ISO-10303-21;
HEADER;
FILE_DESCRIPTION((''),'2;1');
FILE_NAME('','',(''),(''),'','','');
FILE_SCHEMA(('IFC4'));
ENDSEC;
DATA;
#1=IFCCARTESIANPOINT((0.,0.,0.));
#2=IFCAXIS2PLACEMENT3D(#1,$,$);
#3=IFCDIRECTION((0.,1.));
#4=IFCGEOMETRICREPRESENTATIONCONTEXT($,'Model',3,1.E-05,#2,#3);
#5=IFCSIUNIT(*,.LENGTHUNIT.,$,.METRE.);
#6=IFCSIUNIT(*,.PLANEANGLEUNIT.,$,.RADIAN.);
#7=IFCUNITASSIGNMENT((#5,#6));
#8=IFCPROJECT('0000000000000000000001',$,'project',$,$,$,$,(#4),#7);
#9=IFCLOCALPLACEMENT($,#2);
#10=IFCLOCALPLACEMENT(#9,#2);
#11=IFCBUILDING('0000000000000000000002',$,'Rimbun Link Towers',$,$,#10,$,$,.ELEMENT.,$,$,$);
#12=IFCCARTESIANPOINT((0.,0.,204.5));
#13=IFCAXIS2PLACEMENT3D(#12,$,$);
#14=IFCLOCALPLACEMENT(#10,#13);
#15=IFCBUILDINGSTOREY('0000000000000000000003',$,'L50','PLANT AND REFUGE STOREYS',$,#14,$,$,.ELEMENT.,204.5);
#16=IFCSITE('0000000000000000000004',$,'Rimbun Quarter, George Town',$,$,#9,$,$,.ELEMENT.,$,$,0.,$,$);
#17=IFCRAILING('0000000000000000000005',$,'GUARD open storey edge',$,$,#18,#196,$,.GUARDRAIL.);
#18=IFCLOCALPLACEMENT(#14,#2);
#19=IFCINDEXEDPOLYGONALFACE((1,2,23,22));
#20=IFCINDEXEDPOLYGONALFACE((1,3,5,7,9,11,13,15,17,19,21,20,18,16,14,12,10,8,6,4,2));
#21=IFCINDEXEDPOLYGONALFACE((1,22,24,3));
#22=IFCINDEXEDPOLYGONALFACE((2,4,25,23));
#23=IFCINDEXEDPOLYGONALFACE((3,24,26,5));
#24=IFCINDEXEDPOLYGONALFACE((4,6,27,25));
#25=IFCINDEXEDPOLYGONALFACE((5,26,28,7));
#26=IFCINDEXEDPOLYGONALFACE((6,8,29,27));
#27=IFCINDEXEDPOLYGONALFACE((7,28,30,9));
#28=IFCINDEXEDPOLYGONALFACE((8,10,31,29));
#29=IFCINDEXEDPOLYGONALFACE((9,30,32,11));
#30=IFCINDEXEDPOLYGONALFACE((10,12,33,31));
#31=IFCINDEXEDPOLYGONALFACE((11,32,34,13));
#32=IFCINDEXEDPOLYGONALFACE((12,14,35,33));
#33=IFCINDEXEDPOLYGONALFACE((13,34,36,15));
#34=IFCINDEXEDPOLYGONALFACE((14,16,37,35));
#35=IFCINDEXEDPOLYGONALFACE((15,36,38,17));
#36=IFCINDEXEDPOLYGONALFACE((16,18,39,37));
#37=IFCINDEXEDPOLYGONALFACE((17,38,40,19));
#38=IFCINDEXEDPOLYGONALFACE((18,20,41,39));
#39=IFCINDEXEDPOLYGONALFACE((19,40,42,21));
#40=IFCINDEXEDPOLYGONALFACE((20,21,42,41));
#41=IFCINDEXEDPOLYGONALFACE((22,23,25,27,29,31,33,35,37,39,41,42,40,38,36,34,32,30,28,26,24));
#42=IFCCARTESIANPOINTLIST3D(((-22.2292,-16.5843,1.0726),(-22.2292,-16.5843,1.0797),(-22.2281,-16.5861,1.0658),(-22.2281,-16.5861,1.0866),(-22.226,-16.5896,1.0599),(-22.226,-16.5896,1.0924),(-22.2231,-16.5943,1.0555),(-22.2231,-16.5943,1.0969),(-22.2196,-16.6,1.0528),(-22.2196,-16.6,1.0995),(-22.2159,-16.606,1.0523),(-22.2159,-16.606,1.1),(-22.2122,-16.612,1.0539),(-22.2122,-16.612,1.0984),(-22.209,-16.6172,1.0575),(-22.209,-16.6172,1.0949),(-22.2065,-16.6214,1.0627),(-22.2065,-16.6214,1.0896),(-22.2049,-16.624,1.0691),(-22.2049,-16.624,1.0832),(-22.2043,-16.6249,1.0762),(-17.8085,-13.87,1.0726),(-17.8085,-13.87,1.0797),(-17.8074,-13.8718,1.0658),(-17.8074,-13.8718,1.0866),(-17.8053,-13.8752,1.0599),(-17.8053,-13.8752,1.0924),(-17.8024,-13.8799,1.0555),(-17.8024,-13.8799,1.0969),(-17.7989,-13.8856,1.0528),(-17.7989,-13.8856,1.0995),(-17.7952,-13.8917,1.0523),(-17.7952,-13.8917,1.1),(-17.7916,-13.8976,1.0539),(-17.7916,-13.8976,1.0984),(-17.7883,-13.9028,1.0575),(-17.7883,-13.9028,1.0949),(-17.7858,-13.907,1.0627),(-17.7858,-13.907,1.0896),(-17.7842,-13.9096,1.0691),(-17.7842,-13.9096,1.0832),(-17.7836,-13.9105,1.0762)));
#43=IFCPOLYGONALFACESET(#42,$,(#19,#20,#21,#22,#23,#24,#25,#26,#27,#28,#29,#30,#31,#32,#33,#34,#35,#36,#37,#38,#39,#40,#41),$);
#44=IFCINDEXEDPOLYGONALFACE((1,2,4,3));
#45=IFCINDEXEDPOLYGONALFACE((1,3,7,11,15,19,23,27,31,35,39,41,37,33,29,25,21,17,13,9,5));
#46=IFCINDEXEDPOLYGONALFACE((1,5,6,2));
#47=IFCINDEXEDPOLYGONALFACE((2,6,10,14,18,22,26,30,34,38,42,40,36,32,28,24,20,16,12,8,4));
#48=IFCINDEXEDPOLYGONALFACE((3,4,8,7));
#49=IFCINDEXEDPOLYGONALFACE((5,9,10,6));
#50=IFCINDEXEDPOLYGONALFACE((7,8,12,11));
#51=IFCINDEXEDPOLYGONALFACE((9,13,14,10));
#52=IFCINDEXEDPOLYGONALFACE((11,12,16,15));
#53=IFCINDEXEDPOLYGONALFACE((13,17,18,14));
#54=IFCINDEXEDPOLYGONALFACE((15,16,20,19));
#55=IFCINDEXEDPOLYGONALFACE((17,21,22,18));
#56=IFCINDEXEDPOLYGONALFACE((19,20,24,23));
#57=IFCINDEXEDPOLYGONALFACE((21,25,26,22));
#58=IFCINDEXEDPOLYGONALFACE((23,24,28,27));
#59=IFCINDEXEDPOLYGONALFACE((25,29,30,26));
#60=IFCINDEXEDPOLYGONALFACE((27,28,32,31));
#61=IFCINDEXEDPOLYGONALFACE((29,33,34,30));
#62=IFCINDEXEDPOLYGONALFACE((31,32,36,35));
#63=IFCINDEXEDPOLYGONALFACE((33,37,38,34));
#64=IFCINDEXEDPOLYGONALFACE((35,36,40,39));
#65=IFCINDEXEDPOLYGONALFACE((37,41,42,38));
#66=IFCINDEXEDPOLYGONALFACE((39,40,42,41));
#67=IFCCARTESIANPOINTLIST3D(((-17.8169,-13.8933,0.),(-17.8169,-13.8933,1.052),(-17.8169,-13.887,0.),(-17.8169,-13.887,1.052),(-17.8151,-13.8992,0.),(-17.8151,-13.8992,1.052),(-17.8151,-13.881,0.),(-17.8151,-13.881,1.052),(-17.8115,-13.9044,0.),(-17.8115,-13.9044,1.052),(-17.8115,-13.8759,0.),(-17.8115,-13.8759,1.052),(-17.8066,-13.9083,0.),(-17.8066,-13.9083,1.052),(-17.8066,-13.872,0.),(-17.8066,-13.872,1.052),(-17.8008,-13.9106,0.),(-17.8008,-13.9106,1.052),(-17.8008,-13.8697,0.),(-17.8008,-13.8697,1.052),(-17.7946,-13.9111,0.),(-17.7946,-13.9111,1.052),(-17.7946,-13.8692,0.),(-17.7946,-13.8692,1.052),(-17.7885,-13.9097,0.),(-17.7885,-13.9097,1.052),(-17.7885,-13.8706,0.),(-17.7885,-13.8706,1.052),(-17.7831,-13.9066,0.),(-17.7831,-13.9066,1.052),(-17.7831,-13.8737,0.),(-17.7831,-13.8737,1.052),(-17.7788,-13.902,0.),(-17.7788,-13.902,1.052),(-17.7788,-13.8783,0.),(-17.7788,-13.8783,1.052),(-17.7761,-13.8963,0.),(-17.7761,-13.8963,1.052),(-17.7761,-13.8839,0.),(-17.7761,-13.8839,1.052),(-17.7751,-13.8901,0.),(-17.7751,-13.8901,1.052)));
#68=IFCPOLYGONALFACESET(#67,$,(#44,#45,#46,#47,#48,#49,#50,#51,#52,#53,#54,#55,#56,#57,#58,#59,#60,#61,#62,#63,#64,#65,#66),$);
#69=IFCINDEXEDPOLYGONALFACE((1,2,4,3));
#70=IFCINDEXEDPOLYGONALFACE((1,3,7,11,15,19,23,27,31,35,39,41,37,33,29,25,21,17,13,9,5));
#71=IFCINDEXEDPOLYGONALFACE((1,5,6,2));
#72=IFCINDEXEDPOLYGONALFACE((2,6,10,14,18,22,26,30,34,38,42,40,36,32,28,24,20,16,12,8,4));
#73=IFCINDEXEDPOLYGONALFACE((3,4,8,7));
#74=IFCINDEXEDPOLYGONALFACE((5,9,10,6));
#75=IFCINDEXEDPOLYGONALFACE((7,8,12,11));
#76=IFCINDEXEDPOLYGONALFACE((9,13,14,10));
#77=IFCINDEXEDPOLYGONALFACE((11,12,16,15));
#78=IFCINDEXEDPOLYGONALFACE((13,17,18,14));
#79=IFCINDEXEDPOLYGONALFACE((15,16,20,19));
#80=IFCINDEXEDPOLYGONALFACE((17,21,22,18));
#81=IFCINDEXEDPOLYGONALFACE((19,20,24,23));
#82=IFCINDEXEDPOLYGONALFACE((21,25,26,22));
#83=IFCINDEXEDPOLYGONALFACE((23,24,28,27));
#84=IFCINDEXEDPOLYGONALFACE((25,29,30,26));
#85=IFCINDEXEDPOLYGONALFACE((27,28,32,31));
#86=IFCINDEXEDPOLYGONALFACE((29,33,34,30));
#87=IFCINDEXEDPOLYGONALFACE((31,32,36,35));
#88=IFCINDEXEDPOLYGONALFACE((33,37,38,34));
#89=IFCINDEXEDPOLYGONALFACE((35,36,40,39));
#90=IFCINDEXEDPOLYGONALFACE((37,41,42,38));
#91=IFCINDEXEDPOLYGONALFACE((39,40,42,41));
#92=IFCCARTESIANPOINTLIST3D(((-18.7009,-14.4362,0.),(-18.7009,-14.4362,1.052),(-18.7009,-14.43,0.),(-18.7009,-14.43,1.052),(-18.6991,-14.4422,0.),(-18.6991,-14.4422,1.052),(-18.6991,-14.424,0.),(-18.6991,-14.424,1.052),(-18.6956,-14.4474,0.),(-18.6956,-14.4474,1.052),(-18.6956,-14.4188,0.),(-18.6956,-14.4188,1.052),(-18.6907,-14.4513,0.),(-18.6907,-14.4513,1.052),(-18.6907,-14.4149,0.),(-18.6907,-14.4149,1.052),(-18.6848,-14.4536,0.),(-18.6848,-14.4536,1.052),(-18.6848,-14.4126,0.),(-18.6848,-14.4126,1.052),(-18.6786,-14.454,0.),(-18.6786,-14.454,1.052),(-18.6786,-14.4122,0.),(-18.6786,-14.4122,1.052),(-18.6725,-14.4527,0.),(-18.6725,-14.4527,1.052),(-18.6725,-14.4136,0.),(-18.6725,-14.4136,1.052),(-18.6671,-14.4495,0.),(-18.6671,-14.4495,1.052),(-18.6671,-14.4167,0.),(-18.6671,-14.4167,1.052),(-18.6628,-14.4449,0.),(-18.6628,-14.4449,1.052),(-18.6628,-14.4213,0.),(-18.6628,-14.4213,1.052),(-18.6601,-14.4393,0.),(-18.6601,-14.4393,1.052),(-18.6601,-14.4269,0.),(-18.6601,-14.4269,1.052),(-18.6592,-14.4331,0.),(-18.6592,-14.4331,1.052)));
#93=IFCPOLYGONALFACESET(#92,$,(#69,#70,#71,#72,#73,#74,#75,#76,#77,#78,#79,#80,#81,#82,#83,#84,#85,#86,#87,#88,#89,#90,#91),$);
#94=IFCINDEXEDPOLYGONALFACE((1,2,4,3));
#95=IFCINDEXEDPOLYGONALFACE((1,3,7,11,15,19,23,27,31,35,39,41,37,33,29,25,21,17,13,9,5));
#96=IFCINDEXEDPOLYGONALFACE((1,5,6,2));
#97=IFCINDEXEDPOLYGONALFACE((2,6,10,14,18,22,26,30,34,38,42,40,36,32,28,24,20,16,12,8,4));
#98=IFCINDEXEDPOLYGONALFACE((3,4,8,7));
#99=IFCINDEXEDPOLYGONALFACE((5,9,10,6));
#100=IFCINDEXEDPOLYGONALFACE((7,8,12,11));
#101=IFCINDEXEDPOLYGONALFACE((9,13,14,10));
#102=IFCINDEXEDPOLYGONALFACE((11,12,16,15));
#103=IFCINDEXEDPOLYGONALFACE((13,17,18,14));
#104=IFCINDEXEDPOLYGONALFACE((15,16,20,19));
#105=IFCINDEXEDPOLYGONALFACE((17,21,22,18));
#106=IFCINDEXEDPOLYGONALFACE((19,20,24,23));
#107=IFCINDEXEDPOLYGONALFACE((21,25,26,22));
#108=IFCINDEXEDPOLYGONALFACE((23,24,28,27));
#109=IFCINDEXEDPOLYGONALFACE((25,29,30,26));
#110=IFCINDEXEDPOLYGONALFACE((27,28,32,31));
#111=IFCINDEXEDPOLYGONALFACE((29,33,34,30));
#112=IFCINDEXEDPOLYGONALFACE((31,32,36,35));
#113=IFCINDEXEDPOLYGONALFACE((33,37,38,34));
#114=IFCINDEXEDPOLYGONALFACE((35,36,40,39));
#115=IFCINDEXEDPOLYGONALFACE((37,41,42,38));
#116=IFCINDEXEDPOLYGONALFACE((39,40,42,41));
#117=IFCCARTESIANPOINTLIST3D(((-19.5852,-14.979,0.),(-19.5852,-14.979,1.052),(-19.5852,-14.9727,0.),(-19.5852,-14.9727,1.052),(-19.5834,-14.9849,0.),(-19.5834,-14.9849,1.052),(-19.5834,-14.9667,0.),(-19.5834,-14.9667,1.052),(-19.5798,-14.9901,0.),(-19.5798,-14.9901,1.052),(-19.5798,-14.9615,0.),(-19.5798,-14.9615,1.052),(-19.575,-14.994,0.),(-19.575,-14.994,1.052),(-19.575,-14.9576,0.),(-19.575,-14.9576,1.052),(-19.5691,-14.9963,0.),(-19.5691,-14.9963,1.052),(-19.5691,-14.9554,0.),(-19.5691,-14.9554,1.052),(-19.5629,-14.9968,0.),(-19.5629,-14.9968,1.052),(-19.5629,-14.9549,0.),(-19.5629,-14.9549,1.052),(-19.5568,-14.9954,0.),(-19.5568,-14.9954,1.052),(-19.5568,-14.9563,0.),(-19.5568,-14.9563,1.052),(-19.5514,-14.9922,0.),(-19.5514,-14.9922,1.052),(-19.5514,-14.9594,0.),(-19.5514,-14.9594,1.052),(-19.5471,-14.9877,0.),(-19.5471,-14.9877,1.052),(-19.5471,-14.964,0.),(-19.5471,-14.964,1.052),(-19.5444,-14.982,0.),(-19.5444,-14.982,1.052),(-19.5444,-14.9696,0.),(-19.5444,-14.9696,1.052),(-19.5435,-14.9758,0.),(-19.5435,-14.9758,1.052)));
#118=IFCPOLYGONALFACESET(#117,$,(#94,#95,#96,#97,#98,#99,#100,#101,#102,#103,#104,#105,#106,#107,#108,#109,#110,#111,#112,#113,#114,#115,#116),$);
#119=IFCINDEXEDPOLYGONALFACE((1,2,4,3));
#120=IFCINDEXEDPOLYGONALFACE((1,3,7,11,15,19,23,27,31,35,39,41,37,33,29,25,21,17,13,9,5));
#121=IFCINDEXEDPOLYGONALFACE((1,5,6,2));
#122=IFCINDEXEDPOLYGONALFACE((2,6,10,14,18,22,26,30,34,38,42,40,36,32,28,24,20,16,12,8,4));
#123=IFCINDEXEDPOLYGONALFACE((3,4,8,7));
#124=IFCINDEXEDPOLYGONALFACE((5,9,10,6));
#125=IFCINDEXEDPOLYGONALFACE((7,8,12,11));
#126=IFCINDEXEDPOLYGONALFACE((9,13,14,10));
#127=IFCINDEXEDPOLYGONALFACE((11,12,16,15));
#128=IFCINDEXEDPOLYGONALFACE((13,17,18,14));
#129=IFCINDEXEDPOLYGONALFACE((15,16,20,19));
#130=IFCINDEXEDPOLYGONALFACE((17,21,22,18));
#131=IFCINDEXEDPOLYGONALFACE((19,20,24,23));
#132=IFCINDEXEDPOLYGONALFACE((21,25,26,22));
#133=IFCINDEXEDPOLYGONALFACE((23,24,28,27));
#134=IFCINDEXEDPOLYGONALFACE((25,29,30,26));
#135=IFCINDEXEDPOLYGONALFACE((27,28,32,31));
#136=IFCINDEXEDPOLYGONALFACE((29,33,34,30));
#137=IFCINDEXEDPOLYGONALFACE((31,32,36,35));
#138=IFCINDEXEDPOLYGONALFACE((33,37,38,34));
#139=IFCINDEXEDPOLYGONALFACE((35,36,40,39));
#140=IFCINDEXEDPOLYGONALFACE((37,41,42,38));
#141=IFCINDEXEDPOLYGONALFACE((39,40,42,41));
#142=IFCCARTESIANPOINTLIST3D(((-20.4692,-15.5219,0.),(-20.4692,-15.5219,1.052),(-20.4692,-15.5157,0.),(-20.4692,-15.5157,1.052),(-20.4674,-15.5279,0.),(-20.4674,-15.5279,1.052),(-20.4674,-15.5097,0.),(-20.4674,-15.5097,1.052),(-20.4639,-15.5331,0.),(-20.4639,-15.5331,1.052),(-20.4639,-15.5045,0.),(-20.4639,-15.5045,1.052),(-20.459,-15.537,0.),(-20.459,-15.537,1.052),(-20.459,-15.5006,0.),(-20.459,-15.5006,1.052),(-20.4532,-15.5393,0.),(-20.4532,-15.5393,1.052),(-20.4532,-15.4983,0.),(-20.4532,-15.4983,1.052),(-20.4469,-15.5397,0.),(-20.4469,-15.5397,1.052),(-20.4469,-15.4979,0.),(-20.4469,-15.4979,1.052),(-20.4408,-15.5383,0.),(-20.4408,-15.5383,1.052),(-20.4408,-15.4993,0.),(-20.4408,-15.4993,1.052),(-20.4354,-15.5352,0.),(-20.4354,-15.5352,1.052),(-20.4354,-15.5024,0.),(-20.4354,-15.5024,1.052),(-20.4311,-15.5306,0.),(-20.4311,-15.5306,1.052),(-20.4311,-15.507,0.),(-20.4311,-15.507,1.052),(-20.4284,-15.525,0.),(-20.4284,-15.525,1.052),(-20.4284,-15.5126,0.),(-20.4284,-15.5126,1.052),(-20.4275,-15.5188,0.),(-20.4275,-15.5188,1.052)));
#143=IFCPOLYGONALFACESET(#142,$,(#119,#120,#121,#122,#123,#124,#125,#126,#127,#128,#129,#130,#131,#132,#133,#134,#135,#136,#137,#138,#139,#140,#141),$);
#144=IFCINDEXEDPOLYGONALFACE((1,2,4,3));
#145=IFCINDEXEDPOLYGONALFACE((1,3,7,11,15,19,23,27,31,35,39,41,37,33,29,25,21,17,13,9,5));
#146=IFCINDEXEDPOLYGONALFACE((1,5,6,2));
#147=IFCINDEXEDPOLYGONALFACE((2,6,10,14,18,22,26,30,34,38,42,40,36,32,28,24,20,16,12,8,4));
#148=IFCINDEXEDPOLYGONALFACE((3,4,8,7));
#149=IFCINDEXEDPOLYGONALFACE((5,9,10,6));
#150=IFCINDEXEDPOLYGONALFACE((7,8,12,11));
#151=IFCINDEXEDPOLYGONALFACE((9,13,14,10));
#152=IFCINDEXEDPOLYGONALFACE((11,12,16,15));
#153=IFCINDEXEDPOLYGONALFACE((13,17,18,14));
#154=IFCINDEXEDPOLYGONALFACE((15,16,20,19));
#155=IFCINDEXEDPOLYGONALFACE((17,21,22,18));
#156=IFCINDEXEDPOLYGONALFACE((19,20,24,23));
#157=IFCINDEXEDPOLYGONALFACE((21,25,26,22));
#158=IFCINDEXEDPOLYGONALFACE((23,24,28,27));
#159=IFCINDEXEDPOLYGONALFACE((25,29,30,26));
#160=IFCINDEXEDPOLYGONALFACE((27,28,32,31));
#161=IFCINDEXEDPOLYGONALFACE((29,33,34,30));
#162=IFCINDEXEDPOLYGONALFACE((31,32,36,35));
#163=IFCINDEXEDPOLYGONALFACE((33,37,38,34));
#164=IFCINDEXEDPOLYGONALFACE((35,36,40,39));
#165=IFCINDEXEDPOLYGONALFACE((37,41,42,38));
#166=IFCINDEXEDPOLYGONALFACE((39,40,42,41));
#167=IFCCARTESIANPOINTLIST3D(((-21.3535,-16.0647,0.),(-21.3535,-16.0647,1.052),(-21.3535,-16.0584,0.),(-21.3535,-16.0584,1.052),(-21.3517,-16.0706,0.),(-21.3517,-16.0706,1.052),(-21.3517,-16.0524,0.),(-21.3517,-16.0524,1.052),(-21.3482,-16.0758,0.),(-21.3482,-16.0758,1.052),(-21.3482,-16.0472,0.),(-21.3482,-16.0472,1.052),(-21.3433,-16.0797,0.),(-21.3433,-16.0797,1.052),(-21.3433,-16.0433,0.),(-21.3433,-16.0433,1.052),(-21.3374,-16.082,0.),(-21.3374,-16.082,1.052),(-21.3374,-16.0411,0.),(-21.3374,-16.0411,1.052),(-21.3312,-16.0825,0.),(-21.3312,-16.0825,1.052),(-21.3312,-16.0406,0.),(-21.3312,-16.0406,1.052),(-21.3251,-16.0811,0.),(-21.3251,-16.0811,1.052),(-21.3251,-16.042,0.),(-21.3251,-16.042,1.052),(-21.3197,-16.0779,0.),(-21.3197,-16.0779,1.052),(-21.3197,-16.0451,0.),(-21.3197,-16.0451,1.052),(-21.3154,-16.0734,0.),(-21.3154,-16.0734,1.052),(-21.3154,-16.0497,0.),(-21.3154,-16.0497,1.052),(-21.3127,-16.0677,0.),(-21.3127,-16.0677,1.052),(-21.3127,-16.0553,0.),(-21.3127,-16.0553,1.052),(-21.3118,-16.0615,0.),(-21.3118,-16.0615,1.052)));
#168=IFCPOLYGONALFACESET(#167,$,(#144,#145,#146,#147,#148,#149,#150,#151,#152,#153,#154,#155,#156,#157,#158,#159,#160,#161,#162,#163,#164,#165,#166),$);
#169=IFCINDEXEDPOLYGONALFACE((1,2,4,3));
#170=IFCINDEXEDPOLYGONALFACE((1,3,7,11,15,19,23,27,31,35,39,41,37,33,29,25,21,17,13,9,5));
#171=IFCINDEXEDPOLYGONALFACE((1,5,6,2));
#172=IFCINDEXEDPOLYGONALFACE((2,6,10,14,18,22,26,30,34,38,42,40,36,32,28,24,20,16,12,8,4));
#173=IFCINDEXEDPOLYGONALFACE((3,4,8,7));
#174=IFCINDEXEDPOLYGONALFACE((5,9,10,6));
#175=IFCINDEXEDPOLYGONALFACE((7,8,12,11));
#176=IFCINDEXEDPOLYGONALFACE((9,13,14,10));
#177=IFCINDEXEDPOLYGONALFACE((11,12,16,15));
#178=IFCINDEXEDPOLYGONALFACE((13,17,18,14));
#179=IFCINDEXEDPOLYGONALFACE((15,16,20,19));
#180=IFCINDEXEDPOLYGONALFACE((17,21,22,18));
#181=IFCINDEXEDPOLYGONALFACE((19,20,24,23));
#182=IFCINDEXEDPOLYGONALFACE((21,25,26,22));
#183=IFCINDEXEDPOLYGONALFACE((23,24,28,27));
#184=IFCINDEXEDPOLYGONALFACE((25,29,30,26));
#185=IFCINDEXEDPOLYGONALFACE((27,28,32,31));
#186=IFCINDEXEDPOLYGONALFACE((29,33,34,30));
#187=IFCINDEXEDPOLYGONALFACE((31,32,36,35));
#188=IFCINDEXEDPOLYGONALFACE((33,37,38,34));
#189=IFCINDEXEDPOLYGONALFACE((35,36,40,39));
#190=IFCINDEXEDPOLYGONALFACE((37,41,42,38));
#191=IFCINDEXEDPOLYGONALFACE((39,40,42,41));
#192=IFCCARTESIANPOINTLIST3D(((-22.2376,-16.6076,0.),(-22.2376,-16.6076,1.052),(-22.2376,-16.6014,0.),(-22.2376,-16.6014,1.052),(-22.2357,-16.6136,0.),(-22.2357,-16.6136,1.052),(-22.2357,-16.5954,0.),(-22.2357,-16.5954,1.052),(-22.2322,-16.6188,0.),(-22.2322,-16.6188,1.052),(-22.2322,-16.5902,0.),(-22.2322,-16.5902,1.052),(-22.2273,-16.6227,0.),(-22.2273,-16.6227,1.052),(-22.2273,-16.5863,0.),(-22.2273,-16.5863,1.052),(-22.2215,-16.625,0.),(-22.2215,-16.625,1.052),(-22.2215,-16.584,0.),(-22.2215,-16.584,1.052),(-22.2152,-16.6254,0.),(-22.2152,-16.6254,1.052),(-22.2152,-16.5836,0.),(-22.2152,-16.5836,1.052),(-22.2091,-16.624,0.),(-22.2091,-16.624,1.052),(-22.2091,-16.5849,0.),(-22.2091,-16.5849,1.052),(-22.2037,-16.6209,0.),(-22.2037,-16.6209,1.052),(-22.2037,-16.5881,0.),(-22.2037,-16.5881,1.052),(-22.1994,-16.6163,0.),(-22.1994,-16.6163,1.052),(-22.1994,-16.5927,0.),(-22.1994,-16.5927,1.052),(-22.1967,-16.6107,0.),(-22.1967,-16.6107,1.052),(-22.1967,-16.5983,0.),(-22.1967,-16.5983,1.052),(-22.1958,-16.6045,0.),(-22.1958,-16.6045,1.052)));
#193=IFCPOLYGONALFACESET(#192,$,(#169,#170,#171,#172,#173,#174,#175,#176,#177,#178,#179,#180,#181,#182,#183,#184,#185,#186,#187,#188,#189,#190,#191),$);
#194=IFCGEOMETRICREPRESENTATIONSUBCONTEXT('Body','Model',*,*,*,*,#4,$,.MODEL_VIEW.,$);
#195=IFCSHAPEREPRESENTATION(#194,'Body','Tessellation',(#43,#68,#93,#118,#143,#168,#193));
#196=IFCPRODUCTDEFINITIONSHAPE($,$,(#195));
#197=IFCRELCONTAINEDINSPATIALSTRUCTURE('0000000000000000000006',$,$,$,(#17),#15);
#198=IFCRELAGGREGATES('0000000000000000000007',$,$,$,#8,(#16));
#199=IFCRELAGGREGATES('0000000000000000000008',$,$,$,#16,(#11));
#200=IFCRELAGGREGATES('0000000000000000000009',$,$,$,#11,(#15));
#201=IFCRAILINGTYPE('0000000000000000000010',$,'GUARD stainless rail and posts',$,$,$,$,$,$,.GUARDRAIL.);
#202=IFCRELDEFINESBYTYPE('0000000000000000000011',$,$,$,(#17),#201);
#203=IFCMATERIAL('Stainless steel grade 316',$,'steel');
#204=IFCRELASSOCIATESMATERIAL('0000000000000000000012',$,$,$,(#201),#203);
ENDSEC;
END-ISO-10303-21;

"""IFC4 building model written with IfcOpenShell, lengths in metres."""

from ifc_helpers import new_model, si_unit, direction, frame, origin, origin_2d, place, context, subcontext, project, spatial, circle, extrude, material, type_object, element, save


model = new_model("IFC4")

# Units and contexts
model_context = context("Model", 3, precision=1e-05, world=origin(), true_north=direction((0.0, 1.0)))
body_context = subcontext(model_context, "Body", "Model", "MODEL_VIEW")
ifc_project = project(units=[si_unit("LENGTHUNIT", "METRE"), si_unit("PLANEANGLEUNIT", "RADIAN")], contexts=[model_context])

# Site, building, storey
site_placement = place(None, origin())
site = spatial("IfcSite", under=ifc_project, at=site_placement, Name="Rimbun Quarter, George Town", CompositionType="ELEMENT", RefElevation=0.0)
building_placement = place(site_placement, origin())
building = spatial("IfcBuilding", under=site, at=building_placement, Name="Rimbun Link Towers", CompositionType="ELEMENT")
storey_placement = place(building_placement, frame((0.0, 0.0, 204.5)))
storey = spatial("IfcBuildingStorey", under=building, at=storey_placement, Name="L50", Description="PLANT AND REFUGE STOREYS", CompositionType="ELEMENT", Elevation=204.5)

# Railing
ifc_material_1 = material(Name="Stainless steel grade 316", Category="steel")
railing_type = type_object("IfcRailingType", Name="GUARD stainless rail and posts", PredefinedType="GUARDRAIL", material=ifc_material_1)
railing_1_placement = place(storey_placement, frame((-17.7961, -13.8901, 0.0)))
element("IfcRailing", 1, at=railing_1_placement, inside=storey, type_object=railing_type, Name="GUARD open storey edge", PredefinedType="GUARDRAIL", context=body_context, shape_type="SweptSolid", body=[
    extrude(circle(Radius=0.0239, at=origin_2d()), frame((0.0, 0.0, 1.0762), z_axis=(-0.852178, -0.523252, 0.0), x_axis=(0.523252, -0.852178, 0.0)), (0.0, 0.0, 1.0), 5.1875),
    extrude(circle(Radius=0.021, at=origin_2d()), origin(), (0.0, 0.0, 1.0), 1.052),
    extrude(circle(Radius=0.021, at=origin_2d()), frame((-0.884, -0.543, 0.0)), (0.0, 0.0, 1.0), 1.052),
    extrude(circle(Radius=0.021, at=origin_2d()), frame((-1.7683, -1.0857, 0.0)), (0.0, 0.0, 1.0), 1.052),
    extrude(circle(Radius=0.021, at=origin_2d()), frame((-2.6523, -1.6287, 0.0)), (0.0, 0.0, 1.0), 1.052),
    extrude(circle(Radius=0.021, at=origin_2d()), frame((-3.5366, -2.1714, 0.0)), (0.0, 0.0, 1.0), 1.052),
    extrude(circle(Radius=0.021, at=origin_2d()), frame((-4.4207, -2.7144, 0.0)), (0.0, 0.0, 1.0), 1.052),
])

save(model, "model.ifc")
